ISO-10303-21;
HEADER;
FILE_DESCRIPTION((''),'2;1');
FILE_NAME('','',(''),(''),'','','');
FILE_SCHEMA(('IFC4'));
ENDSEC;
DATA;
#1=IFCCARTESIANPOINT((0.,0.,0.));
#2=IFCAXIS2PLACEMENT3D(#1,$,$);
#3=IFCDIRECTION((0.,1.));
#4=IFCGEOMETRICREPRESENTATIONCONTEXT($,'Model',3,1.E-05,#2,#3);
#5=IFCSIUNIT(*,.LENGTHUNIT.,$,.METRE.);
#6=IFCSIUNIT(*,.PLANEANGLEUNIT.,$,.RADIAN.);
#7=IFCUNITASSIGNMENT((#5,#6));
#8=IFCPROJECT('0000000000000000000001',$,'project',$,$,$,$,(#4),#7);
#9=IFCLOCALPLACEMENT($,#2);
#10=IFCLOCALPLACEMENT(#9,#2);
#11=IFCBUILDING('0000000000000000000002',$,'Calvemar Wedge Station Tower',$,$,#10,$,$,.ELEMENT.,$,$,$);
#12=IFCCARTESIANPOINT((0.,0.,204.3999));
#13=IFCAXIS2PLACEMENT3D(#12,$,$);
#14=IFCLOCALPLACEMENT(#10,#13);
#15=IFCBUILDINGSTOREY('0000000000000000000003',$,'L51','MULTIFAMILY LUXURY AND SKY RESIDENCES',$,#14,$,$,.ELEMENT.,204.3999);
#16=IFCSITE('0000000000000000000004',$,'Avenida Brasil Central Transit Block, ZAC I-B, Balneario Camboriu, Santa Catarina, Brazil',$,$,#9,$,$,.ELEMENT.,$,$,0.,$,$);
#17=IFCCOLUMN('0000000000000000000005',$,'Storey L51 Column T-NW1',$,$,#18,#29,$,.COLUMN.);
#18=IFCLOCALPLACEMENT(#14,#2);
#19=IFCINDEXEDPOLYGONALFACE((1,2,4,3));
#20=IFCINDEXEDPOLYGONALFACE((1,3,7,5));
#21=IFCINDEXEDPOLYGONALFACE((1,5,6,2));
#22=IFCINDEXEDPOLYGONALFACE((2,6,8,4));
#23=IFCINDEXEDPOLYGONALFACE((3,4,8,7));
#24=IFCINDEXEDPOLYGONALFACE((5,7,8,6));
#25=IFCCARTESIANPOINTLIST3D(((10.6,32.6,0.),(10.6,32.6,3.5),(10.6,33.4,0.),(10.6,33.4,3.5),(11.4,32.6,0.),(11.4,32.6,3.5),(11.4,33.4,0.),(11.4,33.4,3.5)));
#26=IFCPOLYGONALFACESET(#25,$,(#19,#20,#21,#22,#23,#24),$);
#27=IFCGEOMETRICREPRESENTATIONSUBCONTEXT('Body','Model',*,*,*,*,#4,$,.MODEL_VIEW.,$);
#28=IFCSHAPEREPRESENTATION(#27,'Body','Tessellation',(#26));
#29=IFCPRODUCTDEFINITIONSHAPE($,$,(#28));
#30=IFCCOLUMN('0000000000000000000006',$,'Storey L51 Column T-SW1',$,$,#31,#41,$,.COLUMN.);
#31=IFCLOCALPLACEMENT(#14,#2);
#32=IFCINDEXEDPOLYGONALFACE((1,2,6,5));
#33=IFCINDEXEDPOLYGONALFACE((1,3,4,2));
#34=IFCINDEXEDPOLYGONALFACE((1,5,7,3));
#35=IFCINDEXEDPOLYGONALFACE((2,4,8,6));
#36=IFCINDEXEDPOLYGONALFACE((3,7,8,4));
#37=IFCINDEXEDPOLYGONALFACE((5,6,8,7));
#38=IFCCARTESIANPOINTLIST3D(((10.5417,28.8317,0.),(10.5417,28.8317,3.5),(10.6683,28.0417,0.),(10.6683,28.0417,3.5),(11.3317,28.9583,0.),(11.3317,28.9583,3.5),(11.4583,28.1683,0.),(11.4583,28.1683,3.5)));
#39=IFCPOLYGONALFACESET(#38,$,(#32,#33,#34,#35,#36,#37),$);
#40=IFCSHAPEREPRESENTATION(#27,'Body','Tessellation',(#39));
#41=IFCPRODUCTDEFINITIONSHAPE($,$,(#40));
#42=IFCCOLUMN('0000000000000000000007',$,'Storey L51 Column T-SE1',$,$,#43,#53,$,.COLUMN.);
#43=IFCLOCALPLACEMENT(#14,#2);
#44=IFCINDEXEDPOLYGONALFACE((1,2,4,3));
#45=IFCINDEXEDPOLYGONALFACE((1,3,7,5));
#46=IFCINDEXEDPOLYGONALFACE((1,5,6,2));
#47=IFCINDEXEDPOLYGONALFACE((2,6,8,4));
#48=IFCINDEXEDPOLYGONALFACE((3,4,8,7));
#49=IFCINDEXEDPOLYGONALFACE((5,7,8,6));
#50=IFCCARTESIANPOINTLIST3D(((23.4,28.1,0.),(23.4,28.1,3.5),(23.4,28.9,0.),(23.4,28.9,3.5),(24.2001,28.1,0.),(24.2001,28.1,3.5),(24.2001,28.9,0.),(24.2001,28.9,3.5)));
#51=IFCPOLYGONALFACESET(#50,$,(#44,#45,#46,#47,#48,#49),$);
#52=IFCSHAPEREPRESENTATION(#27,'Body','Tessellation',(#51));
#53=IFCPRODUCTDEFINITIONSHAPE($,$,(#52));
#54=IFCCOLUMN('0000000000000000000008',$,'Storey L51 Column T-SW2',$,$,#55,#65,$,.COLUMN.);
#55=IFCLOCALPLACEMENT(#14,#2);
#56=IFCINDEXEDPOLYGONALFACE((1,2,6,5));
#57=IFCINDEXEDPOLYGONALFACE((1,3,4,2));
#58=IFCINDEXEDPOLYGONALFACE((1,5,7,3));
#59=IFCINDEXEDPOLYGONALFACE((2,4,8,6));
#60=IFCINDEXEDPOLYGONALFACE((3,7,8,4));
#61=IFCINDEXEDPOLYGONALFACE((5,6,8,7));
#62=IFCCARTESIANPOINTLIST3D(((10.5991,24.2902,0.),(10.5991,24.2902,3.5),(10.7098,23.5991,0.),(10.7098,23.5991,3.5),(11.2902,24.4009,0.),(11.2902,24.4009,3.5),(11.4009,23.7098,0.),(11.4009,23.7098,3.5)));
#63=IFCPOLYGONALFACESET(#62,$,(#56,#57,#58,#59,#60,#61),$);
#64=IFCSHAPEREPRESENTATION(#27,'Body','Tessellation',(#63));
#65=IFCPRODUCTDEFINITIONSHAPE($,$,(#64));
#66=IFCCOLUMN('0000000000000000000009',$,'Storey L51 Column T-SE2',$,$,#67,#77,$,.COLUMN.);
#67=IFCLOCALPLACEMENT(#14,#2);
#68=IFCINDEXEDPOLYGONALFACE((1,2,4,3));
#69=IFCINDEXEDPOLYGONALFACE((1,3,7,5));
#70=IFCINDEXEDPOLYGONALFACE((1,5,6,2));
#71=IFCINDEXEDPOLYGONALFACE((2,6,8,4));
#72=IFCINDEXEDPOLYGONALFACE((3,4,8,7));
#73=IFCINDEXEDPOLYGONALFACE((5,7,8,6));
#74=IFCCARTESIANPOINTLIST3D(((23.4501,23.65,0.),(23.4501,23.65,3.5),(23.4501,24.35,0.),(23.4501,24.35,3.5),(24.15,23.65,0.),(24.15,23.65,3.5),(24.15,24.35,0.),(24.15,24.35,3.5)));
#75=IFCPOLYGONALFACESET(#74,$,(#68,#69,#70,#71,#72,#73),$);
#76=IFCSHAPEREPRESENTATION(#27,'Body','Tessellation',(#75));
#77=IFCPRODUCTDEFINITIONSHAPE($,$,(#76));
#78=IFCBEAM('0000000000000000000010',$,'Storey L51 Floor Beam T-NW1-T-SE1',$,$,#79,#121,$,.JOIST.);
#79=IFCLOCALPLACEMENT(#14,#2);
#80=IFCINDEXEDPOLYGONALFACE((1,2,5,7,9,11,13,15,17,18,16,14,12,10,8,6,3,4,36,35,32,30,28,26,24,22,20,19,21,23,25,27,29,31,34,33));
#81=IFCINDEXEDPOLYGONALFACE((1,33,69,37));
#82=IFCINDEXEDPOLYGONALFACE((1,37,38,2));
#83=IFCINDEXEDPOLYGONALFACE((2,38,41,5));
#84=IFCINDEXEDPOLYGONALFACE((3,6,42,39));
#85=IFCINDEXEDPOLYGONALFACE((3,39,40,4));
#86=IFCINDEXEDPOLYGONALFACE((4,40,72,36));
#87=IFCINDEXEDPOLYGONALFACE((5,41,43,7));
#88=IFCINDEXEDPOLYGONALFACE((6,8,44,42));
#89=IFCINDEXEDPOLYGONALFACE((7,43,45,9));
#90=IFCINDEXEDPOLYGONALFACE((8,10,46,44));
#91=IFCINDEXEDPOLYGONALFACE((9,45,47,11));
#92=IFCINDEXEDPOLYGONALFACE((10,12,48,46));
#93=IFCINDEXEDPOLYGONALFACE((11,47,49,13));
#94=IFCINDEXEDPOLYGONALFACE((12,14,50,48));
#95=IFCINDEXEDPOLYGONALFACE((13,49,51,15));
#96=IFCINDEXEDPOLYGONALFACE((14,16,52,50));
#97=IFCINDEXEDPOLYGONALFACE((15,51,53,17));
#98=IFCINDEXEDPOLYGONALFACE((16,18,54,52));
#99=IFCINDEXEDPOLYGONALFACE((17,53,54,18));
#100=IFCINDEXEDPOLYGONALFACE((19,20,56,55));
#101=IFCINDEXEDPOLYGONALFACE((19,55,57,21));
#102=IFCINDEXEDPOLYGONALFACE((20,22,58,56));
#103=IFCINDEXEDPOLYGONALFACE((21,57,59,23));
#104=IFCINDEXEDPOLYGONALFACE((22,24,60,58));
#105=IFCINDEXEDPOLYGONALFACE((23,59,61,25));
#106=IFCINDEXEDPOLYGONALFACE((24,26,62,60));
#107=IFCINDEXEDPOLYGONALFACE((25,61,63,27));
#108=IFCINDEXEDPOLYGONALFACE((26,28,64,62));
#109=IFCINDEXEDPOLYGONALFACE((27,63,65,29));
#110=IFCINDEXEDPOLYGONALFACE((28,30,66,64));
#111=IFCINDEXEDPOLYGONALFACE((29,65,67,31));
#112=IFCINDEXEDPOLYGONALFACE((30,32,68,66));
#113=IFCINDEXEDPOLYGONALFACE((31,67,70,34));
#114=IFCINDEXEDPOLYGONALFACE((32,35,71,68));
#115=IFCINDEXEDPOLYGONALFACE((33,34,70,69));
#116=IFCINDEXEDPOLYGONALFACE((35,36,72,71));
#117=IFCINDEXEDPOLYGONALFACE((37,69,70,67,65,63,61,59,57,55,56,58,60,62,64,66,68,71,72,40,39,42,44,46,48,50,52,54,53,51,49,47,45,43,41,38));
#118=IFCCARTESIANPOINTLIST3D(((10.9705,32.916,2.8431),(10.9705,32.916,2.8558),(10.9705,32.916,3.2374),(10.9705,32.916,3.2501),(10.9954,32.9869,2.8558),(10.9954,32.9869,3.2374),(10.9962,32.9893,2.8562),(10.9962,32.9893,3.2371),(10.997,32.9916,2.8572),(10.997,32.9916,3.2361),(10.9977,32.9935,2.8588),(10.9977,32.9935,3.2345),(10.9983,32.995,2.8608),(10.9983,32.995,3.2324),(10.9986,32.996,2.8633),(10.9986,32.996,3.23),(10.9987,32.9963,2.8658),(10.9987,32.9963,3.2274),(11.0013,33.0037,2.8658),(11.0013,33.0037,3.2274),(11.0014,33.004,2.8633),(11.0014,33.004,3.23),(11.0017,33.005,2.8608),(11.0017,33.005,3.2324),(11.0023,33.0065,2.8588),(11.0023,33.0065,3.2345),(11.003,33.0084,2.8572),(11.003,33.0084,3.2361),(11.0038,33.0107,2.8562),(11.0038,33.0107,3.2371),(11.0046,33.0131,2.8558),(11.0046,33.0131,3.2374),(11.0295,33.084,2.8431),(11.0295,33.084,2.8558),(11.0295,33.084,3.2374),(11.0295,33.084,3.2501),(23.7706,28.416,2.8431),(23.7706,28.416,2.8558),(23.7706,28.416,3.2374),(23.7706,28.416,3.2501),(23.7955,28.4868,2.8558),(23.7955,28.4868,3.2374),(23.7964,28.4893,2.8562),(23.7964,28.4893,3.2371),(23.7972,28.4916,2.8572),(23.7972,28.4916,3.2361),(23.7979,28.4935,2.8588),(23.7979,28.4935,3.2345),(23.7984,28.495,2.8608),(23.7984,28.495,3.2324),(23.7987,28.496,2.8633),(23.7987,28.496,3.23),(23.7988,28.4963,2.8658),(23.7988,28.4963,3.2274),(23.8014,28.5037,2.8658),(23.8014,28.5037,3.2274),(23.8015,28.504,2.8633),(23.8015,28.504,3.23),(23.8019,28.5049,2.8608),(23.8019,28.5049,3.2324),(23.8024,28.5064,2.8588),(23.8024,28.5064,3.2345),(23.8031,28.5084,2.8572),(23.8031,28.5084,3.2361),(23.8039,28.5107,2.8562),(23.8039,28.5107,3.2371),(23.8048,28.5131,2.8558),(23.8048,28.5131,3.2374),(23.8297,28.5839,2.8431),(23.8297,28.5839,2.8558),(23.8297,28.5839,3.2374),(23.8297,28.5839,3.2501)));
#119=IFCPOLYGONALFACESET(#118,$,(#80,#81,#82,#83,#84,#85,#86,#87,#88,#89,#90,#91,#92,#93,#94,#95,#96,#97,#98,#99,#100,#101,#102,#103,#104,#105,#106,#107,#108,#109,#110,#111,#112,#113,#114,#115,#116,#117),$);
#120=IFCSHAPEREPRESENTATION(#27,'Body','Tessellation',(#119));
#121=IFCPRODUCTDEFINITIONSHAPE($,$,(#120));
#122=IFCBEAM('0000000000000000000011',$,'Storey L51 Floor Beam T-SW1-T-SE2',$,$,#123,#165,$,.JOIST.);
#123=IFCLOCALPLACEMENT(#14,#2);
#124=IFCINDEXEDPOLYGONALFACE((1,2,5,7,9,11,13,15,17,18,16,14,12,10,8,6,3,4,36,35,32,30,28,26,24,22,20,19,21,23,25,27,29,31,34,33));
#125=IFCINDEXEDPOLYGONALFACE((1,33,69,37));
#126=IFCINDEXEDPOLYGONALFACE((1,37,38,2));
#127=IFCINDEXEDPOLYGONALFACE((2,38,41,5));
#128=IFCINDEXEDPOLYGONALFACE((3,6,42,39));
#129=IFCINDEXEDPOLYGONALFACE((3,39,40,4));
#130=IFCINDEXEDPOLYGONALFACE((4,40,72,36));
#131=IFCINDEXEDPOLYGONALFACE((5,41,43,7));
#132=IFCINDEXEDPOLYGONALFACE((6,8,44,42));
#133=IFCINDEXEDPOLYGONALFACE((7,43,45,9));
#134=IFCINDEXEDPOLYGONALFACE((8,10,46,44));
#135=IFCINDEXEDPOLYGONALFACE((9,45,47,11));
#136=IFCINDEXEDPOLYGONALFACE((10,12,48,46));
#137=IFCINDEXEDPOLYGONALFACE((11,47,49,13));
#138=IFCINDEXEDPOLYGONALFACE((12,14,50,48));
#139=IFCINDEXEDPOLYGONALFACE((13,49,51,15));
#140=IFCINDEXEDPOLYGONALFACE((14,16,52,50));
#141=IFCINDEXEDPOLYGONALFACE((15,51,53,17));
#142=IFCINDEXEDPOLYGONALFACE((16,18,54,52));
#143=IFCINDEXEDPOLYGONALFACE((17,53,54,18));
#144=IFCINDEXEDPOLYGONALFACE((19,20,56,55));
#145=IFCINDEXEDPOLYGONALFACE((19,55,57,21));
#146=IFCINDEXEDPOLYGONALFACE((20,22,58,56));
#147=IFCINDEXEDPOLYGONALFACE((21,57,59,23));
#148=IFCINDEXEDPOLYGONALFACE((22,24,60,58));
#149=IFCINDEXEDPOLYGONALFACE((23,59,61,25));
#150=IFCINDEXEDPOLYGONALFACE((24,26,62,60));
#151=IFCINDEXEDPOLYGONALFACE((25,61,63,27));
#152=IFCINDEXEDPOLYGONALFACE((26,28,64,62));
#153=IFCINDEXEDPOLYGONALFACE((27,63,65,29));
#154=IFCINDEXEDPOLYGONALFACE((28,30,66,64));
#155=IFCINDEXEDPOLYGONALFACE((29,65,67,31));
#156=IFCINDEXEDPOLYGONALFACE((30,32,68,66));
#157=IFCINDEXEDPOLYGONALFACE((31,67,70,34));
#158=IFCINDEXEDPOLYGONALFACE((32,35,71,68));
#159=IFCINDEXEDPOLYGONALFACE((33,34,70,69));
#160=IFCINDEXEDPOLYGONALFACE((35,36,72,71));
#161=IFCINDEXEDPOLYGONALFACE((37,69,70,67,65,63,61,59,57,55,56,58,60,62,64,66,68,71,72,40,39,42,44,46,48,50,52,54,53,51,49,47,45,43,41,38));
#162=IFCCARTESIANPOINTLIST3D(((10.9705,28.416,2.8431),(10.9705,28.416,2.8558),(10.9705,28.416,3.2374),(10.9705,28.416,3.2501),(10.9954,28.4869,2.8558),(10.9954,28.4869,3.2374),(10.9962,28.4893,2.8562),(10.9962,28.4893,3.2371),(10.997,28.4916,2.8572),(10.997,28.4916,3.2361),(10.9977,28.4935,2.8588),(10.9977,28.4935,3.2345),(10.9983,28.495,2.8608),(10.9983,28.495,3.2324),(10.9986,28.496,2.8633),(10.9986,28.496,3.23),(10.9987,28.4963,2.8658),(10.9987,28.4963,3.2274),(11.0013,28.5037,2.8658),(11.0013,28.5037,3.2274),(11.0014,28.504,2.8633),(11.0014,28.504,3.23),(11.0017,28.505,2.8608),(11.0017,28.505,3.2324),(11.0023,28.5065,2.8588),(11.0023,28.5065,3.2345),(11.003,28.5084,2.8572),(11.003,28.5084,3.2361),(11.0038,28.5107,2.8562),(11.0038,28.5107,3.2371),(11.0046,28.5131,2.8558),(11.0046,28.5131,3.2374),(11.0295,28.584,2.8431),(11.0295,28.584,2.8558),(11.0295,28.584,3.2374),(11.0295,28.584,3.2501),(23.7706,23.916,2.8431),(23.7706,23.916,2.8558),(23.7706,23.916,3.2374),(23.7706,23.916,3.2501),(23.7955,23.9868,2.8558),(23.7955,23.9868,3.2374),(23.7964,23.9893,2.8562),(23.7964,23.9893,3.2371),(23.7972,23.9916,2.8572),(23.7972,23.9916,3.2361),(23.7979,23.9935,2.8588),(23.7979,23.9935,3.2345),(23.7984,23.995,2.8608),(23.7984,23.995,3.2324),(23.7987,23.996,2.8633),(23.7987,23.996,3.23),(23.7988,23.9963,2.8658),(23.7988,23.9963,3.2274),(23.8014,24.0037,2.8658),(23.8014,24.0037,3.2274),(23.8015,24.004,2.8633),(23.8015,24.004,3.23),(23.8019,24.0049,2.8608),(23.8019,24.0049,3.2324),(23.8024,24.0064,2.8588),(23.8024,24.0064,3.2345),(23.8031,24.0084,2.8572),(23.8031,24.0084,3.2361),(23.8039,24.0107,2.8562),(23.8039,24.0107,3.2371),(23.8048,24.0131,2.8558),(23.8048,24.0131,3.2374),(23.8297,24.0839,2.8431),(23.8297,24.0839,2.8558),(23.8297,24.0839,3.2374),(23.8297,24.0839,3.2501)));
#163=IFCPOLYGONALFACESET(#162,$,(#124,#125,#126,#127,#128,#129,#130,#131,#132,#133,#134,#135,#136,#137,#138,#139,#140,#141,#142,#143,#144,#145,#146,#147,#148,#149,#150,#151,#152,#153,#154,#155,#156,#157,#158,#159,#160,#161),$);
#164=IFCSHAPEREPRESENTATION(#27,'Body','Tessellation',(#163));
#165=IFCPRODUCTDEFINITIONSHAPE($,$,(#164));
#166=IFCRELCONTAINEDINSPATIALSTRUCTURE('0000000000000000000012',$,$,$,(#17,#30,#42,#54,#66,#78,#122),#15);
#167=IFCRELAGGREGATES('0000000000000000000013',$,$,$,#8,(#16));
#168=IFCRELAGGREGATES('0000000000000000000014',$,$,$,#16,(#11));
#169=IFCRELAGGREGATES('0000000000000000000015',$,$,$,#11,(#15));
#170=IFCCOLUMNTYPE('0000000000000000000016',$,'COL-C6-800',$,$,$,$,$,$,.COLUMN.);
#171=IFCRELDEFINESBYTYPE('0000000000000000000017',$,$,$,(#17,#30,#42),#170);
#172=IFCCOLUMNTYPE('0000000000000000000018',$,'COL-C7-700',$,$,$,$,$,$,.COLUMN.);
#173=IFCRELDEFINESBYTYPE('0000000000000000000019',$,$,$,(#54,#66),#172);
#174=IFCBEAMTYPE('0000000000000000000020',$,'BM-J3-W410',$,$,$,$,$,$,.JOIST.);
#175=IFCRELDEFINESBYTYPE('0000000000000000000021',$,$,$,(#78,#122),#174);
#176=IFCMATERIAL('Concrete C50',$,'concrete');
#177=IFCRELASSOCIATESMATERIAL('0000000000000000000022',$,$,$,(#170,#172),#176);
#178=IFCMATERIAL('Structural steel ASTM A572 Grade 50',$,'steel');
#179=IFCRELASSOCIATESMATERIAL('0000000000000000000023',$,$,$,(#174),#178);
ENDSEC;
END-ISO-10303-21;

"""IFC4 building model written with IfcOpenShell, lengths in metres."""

from ifc_helpers import new_model, si_unit, direction, frame, origin, origin_2d, place, context, subcontext, project, spatial, rectangle, i_section, extrude, source, transform, mapped, material, material_profile, profile_set, type_object, element, save


model = new_model("IFC4")

# Units and contexts
model_context = context("Model", 3, precision=1e-05, world=origin(), true_north=direction((0.0, 1.0)))
body_context = subcontext(model_context, "Body", "Model", "MODEL_VIEW")
ifc_project = project(units=[si_unit("LENGTHUNIT", "METRE"), si_unit("PLANEANGLEUNIT", "RADIAN")], contexts=[model_context])

# Site, building, storey
site_placement = place(None, origin())
site = spatial("IfcSite", under=ifc_project, at=site_placement, Name="Avenida Brasil Central Transit Block, ZAC I-B, Balneario Camboriu, Santa Catarina, Brazil", CompositionType="ELEMENT", RefElevation=0.0)
building_placement = place(site_placement, origin())
building = spatial("IfcBuilding", under=site, at=building_placement, Name="Calvemar Wedge Station Tower", CompositionType="ELEMENT")
storey_placement = place(building_placement, frame((0.0, 0.0, 204.3999)))
storey = spatial("IfcBuildingStorey", under=building, at=storey_placement, Name="L51", Description="MULTIFAMILY LUXURY AND SKY RESIDENCES", CompositionType="ELEMENT", Elevation=204.3999)

# Columns
ifc_material_1 = material(Name="Concrete C50", Category="concrete")
ifc_material_profile_1 = material_profile(ifc_material_1, rectangle(XDim=0.8, YDim=0.8, at=origin_2d()), Name="RC800x800")
ifc_profile_set_1 = profile_set([ifc_material_profile_1], Name="Concrete C50")
column_type_1 = type_object("IfcColumnType", Name="COL-C6-800", PredefinedType="COLUMN", material=ifc_profile_set_1)
shared_shape_1 = source(origin(), body_context, "Body", "SweptSolid", [
    extrude(rectangle(XDim=0.8, YDim=0.8, at=origin_2d()), origin(), (0.0, 0.0, 1.0), 3.5),
])
for number, where, z_axis, x_axis, name in (
    (1, (11.0, 33.0, 0.0), (0.0, 0.0, 1.0), (1.0, 0.0, 0.0), "Storey L51 Column T-NW1"),
    (2, (11.0, 28.5, 0.0), (0.0, 0.0, 1.0), (0.158158, -0.987414, 0.0), "Storey L51 Column T-SW1"),
    (3, (23.8, 28.5, 0.0), (0.0, 0.0, 1.0), (1.0, 0.0, 0.0), "Storey L51 Column T-SE1"),
):
    element("IfcColumn", number, at=place(storey_placement, frame(where, z_axis=z_axis, x_axis=x_axis)), inside=storey, type_object=column_type_1, Name=name, PredefinedType="COLUMN", context=body_context, shape_type="MappedRepresentation", body=[
        mapped(shared_shape_1, transform((0.0, 0.0, 0.0), scale=1.0)),
    ])
ifc_material_profile_2 = material_profile(ifc_material_1, rectangle(XDim=0.7, YDim=0.7, at=origin_2d()), Name="RC700x700")
ifc_profile_set_2 = profile_set([ifc_material_profile_2], Name="Concrete C50")
column_type_2 = type_object("IfcColumnType", Name="COL-C7-700", PredefinedType="COLUMN", material=ifc_profile_set_2)
shared_shape_2 = source(origin(), body_context, "Body", "SweptSolid", [
    extrude(rectangle(XDim=0.7, YDim=0.7, at=origin_2d()), origin(), (0.0, 0.0, 1.0), 3.5),
])
for number, where, z_axis, x_axis, name in (
    (4, (11.0, 24.0, 0.0), (0.0, 0.0, 1.0), (0.158158, -0.987414, 0.0), "Storey L51 Column T-SW2"),
    (5, (23.8, 24.0, 0.0), (0.0, 0.0, 1.0), (1.0, 0.0, 0.0), "Storey L51 Column T-SE2"),
):
    element("IfcColumn", number, at=place(storey_placement, frame(where, z_axis=z_axis, x_axis=x_axis)), inside=storey, type_object=column_type_2, Name=name, PredefinedType="COLUMN", context=body_context, shape_type="MappedRepresentation", body=[
        mapped(shared_shape_2, transform((0.0, 0.0, 0.0), scale=1.0)),
    ])

# Beams
ifc_material_2 = material(Name="Structural steel ASTM A572 Grade 50", Category="steel")
ifc_material_profile_3 = material_profile(ifc_material_2, i_section(OverallWidth=0.178, OverallDepth=0.407, WebThickness=0.0078, FlangeThickness=0.0127, FilletRadius=0.01, at=origin_2d()), Name="W410x60")
ifc_profile_set_3 = profile_set([ifc_material_profile_3], Name="Structural steel ASTM A572 Grade 50")
beam_type_1 = type_object("IfcBeamType", Name="BM-J3-W410", PredefinedType="JOIST", material=ifc_profile_set_3)
shared_shape_3 = source(origin(), body_context, "Body", "SweptSolid", [
    extrude(i_section(OverallWidth=0.178, OverallDepth=0.407, WebThickness=0.0078, FlangeThickness=0.0127, FilletRadius=0.01, at=origin_2d()), origin(), (0.0, 0.0, 1.0), 13.5681),
])
for number, where, z_axis, x_axis, name in (
    (6, (11.0, 33.0, 3.0466), (0.943398, -0.331662, 0.0), (0.331662, 0.943398, 0.0), "Storey L51 Floor Beam T-NW1-T-SE1"),
    (7, (11.0, 28.5, 3.0466), (0.943398, -0.331662, 0.0), (0.331662, 0.943398, 0.0), "Storey L51 Floor Beam T-SW1-T-SE2"),
):
    element("IfcBeam", number, at=place(storey_placement, frame(where, z_axis=z_axis, x_axis=x_axis)), inside=storey, type_object=beam_type_1, Name=name, PredefinedType="JOIST", context=body_context, shape_type="MappedRepresentation", body=[
        mapped(shared_shape_3, transform((0.0, 0.0, 0.0), scale=1.0)),
    ])

save(model, "model.ifc")
